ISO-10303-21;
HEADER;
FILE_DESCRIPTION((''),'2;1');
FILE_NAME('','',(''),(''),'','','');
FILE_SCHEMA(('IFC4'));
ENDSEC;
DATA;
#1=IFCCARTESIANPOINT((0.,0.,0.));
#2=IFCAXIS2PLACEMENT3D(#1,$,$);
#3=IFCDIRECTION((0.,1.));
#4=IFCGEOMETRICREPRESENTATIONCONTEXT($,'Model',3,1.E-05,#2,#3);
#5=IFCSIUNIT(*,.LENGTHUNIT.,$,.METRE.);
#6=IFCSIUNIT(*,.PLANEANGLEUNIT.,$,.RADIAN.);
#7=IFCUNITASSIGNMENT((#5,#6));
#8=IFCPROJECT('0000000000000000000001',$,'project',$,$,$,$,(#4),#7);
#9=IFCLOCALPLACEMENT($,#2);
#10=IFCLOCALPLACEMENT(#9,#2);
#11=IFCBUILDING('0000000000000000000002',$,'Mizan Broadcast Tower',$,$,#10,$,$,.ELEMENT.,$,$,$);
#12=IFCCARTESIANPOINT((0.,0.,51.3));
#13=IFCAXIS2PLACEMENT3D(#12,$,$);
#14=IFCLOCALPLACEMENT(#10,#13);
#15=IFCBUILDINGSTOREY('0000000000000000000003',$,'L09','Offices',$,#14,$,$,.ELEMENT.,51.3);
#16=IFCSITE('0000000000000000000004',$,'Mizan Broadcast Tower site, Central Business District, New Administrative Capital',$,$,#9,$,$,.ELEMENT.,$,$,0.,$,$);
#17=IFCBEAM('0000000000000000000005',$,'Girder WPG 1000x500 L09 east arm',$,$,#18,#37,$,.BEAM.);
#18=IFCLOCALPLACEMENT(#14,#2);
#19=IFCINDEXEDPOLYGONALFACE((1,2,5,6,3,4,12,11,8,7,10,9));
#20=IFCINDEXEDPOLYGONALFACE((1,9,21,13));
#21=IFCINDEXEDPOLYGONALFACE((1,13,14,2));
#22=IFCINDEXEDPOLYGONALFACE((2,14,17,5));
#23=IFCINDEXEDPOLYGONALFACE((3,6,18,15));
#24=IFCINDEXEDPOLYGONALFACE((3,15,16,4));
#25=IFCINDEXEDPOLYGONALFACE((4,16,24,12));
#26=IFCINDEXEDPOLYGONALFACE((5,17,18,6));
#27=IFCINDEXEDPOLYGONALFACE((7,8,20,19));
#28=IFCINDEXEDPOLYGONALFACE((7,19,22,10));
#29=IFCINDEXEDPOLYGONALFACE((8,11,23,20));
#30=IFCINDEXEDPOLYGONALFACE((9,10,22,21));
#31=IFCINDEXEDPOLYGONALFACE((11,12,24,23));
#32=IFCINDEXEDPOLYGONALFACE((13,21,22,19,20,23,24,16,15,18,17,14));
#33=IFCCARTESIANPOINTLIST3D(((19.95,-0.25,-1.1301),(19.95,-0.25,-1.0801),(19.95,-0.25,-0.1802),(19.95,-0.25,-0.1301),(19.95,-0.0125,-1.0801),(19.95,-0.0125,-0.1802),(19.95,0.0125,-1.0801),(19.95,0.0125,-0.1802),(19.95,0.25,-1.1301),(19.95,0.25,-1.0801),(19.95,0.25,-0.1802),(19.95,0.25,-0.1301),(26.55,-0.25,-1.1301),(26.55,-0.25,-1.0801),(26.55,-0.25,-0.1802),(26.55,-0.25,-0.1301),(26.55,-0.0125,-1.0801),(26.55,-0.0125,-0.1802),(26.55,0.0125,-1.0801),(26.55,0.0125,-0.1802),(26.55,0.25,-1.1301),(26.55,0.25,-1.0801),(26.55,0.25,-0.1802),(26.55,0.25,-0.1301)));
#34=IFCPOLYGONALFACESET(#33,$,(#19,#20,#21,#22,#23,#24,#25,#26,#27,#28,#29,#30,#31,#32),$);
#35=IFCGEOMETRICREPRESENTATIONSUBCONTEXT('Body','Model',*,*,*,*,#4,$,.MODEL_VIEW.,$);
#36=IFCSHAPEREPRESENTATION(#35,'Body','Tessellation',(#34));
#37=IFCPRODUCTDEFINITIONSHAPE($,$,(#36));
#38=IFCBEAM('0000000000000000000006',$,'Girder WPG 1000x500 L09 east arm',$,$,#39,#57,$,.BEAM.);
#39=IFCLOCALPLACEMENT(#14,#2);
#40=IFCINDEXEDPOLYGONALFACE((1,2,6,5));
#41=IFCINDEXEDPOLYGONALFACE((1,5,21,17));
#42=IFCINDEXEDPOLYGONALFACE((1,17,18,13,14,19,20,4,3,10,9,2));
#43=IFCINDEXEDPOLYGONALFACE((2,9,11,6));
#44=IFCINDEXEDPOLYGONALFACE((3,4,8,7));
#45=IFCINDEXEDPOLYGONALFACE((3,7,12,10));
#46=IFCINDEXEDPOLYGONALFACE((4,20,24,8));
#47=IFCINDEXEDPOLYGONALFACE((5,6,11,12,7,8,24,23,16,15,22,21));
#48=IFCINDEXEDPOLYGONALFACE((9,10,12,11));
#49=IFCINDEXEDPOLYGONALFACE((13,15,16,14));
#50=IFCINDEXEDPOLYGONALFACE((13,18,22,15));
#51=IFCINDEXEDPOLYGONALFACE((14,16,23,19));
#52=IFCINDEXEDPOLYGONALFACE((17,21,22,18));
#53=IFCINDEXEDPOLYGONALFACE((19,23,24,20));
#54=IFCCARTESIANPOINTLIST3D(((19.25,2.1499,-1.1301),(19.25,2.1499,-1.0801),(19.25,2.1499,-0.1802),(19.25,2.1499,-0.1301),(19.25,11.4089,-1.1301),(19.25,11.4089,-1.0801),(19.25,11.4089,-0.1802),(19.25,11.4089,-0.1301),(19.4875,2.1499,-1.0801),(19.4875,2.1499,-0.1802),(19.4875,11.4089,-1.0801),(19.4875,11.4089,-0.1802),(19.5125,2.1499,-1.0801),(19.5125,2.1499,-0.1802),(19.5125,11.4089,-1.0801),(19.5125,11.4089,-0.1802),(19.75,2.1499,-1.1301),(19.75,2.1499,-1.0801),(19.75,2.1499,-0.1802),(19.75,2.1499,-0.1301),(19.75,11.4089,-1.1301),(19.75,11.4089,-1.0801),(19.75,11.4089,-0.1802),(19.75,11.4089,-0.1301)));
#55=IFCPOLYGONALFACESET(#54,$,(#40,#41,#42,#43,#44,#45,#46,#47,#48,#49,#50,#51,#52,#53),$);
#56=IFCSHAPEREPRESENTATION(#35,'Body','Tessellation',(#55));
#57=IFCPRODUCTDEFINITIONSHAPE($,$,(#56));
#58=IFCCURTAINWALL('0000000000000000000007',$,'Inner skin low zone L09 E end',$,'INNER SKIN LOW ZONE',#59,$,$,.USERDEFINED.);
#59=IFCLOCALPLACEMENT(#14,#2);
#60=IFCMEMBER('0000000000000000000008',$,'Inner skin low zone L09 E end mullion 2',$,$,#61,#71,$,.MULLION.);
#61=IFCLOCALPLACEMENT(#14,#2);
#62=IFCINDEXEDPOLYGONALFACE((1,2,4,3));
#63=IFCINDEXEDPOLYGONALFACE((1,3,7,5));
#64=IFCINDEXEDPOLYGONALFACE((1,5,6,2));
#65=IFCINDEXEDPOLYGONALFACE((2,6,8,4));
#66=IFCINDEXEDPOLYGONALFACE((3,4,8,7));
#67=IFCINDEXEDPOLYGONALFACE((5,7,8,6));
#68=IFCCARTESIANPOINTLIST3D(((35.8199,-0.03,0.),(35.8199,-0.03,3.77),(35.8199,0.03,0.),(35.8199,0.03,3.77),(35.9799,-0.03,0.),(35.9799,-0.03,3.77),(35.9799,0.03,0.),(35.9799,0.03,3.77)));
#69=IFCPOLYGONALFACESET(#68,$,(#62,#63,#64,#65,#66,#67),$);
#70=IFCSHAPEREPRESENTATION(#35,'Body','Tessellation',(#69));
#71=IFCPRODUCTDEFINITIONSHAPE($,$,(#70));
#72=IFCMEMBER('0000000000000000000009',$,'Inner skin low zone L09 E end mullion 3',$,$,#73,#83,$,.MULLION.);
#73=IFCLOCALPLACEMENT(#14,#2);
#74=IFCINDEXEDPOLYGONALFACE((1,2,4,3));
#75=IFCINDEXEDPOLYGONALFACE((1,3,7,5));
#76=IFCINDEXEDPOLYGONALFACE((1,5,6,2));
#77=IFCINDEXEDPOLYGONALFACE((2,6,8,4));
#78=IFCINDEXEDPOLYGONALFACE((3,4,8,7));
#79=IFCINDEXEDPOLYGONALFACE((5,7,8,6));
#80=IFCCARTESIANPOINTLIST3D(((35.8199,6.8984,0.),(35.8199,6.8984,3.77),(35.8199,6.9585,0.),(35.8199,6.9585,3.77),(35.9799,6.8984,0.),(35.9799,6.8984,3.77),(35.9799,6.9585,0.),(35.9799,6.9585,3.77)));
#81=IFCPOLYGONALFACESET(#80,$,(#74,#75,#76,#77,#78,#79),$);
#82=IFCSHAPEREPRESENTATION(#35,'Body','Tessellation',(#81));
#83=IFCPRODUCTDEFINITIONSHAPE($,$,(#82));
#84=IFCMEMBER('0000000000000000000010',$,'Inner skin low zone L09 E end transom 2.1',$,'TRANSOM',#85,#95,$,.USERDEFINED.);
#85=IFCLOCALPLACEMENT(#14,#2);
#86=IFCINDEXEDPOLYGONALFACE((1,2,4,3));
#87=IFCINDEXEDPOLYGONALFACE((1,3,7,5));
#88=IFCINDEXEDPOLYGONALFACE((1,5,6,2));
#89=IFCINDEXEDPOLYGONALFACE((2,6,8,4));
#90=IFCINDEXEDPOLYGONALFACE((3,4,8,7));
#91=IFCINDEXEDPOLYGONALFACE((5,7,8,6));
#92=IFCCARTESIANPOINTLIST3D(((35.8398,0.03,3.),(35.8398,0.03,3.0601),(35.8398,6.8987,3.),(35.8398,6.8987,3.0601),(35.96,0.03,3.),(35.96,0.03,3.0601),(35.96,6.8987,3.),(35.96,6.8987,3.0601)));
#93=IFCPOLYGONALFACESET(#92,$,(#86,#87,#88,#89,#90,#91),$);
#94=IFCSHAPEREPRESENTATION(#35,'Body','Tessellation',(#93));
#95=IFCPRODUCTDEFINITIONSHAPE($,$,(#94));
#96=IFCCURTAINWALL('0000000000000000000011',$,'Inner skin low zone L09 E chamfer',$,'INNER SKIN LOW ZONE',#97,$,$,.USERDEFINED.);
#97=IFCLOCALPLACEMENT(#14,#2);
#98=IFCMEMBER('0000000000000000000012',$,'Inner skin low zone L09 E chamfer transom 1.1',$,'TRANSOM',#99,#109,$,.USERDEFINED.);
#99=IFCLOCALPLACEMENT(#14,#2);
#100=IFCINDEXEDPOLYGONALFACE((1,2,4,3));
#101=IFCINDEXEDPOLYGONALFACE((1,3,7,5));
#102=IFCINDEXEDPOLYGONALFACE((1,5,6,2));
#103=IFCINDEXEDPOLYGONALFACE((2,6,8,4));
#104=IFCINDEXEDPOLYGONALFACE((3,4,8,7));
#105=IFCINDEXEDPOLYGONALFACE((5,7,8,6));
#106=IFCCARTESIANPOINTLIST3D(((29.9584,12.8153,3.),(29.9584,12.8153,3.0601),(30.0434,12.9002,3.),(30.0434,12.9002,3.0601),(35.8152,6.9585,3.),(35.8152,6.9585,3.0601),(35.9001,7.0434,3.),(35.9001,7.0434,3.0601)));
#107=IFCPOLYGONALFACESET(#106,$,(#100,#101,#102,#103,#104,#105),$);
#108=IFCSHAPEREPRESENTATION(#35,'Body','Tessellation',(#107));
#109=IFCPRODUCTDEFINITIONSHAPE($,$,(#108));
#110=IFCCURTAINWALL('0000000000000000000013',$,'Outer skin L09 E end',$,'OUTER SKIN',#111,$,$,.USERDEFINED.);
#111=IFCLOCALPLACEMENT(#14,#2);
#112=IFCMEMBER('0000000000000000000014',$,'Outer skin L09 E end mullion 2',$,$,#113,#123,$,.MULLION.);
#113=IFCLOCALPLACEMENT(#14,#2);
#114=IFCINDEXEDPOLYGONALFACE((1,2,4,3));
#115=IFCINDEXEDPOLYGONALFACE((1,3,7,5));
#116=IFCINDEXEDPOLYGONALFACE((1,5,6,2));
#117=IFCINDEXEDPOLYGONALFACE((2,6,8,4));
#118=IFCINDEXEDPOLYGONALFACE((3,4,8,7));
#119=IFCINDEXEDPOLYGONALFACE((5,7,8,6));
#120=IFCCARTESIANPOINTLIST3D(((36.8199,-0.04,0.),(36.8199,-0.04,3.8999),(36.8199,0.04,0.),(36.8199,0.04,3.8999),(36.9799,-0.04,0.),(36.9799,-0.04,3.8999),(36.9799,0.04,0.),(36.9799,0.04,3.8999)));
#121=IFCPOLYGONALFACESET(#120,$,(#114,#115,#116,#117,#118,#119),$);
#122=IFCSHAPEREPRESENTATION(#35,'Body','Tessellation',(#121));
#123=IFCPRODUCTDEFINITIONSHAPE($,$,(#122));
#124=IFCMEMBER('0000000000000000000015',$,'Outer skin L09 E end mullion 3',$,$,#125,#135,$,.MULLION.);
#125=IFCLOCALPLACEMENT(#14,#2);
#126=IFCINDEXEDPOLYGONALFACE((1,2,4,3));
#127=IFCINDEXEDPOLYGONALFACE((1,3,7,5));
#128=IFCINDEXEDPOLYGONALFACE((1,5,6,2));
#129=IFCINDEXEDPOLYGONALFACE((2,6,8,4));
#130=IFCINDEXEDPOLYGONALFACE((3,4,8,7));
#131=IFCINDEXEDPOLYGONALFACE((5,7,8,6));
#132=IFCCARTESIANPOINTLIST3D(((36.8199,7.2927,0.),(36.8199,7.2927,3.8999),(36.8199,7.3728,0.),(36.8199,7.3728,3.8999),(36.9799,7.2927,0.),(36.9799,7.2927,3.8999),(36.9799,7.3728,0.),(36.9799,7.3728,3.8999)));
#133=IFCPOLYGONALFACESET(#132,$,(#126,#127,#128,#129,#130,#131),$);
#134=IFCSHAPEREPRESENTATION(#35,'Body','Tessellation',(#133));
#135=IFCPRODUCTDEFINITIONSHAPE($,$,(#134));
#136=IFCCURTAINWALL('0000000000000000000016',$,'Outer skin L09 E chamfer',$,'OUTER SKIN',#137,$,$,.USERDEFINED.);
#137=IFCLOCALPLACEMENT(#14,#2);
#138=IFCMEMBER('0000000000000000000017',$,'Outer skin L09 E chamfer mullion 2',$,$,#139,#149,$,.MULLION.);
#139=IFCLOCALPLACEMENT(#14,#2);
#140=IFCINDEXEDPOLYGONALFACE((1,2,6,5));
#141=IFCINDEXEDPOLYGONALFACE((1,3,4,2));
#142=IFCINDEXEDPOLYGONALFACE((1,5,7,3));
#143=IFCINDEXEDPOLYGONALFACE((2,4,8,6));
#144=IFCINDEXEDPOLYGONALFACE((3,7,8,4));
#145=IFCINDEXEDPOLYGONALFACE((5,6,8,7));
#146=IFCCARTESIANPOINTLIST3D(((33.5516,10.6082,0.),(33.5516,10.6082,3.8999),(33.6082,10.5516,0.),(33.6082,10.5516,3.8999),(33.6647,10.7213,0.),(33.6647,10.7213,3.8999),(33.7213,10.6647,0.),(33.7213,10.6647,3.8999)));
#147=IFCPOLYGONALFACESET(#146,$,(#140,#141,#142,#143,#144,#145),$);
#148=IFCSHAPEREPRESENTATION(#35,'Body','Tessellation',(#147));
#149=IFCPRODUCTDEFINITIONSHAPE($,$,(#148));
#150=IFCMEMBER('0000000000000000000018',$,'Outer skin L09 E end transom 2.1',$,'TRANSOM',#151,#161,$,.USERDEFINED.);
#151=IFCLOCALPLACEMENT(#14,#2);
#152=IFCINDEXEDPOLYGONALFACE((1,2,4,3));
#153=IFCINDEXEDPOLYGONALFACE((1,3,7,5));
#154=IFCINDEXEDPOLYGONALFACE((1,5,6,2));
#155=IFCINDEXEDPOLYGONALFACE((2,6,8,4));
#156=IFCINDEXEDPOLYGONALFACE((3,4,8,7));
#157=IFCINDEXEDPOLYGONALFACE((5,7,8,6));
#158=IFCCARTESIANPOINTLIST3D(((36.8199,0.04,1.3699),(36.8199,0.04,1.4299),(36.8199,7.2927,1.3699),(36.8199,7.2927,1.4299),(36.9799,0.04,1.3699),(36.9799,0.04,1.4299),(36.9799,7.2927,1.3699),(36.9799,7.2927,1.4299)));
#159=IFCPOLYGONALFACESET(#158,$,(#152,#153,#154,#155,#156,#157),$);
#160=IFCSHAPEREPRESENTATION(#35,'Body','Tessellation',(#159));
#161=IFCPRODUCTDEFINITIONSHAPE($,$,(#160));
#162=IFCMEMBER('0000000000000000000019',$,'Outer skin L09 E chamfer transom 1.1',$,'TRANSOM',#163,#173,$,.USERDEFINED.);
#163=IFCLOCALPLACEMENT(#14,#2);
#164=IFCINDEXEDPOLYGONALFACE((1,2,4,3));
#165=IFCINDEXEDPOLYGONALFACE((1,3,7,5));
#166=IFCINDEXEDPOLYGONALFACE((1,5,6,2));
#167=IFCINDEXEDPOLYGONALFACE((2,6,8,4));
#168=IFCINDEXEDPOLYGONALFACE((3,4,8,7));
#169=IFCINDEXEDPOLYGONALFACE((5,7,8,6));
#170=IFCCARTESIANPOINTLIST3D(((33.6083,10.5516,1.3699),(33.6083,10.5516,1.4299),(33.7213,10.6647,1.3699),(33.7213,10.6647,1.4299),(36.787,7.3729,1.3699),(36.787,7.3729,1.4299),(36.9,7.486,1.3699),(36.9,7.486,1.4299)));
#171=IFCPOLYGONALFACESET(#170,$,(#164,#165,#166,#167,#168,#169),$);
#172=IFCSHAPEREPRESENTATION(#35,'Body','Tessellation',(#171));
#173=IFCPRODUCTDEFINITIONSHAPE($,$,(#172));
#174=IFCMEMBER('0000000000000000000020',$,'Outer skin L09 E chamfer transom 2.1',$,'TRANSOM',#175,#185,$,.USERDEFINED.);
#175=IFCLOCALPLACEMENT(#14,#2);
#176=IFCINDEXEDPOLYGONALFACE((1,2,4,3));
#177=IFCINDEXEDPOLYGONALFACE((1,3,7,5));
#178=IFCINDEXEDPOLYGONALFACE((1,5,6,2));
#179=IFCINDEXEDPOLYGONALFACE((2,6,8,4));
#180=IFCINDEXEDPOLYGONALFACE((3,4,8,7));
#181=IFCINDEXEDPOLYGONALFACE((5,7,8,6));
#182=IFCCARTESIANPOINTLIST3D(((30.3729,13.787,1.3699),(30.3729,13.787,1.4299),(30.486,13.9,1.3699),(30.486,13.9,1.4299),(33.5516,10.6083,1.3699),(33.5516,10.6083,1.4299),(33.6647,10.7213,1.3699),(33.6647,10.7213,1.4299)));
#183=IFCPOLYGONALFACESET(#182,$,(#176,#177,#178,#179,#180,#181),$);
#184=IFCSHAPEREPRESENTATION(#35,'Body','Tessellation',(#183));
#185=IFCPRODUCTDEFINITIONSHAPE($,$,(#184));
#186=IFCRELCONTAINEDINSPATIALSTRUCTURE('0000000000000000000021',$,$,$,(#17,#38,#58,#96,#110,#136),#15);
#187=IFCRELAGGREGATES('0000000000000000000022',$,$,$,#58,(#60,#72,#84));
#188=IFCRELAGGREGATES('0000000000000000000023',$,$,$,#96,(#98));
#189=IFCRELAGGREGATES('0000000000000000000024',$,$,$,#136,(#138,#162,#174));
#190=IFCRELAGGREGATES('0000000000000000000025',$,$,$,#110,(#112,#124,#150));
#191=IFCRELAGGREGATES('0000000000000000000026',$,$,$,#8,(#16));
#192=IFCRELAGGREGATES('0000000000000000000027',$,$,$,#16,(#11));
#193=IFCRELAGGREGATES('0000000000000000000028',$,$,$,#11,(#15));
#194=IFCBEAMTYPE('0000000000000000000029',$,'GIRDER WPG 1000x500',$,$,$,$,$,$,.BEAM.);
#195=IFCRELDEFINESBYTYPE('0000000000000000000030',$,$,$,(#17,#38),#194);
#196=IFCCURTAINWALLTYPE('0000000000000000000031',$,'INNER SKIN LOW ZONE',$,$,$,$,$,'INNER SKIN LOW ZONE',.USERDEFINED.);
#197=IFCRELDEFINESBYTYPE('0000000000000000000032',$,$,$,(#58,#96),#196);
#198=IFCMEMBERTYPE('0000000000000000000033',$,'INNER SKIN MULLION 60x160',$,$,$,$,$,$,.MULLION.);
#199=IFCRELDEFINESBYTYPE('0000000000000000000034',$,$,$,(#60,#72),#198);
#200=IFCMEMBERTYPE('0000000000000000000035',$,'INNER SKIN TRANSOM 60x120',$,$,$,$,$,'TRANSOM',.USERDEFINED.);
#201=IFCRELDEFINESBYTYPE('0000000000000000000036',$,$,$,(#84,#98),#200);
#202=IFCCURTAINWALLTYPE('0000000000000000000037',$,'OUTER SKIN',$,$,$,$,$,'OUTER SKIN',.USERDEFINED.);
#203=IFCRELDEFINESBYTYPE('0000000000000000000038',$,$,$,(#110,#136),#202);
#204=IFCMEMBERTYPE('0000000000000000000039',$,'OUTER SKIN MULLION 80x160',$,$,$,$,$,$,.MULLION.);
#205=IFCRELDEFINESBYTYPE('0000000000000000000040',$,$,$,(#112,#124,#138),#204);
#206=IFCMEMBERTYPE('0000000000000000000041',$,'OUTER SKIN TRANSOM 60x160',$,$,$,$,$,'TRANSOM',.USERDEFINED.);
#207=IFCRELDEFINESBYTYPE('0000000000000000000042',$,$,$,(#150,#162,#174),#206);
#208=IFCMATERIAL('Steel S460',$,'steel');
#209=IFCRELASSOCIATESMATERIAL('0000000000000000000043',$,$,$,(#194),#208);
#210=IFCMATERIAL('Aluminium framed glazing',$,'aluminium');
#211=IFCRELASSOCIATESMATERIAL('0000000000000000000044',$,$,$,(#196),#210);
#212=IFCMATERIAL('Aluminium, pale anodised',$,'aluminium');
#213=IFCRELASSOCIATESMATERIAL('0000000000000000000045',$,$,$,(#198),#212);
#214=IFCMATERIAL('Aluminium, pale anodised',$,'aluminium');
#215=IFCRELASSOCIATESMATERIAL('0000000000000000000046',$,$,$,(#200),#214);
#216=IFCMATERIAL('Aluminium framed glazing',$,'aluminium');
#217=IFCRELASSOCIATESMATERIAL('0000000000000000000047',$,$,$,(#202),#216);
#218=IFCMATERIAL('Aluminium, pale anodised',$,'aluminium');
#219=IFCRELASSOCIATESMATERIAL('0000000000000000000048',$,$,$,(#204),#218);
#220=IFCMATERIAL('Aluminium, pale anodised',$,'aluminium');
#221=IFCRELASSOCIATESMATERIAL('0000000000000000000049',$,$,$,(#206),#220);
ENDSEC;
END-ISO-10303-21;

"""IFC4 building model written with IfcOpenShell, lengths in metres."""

from ifc_helpers import new_model, si_unit, direction, frame, origin, origin_2d, place, context, subcontext, project, spatial, rectangle, i_section, extrude, material, material_profile, profile_set, type_object, element, aggregate, save


model = new_model("IFC4")

# Units and contexts
model_context = context("Model", 3, precision=1e-05, world=origin(), true_north=direction((0.0, 1.0)))
body_context = subcontext(model_context, "Body", "Model", "MODEL_VIEW")
ifc_project = project(units=[si_unit("LENGTHUNIT", "METRE"), si_unit("PLANEANGLEUNIT", "RADIAN")], contexts=[model_context])

# Site, building, storey
site_placement = place(None, origin())
site = spatial("IfcSite", under=ifc_project, at=site_placement, Name="Mizan Broadcast Tower site, Central Business District, New Administrative Capital", CompositionType="ELEMENT", RefElevation=0.0)
building_placement = place(site_placement, origin())
building = spatial("IfcBuilding", under=site, at=building_placement, Name="Mizan Broadcast Tower", CompositionType="ELEMENT")
storey_placement = place(building_placement, frame((0.0, 0.0, 51.3)))
storey = spatial("IfcBuildingStorey", under=building, at=storey_placement, Name="L09", Description="Offices", CompositionType="ELEMENT", Elevation=51.3)

# Beams
ifc_material_1 = material(Name="Steel S460", Category="steel")
ifc_material_profile_1 = material_profile(ifc_material_1, i_section(OverallWidth=0.5, OverallDepth=1.0, WebThickness=0.0249, FlangeThickness=0.05, at=origin_2d()), Name="WPG 1000x500")
ifc_profile_set_1 = profile_set([ifc_material_profile_1], Name="Steel S460")
beam_type_1 = type_object("IfcBeamType", Name="GIRDER WPG 1000x500", PredefinedType="BEAM", material=ifc_profile_set_1)
beam_1_placement = place(storey_placement, frame((19.95, 0.0, -0.6301), z_axis=(1.0, 0.0, 0.0), x_axis=(0.0, 1.0, 0.0)))
element("IfcBeam", 1, at=beam_1_placement, inside=storey, type_object=beam_type_1, Name="Girder WPG 1000x500 L09 east arm", PredefinedType="BEAM", context=body_context, shape_type="SweptSolid", body=[
    extrude(i_section(OverallWidth=0.5, OverallDepth=1.0, WebThickness=0.0249, FlangeThickness=0.05, at=origin_2d()), origin(), (0.0, 0.0, 1.0), 6.6001),
])
beam_2_placement = place(storey_placement, frame((19.5, 11.4089, -0.6301), z_axis=(0.0, -1.0, 0.0), x_axis=(1.0, 0.0, 0.0)))
element("IfcBeam", 2, at=beam_2_placement, inside=storey, type_object=beam_type_1, Name="Girder WPG 1000x500 L09 east arm", PredefinedType="BEAM", context=body_context, shape_type="SweptSolid", body=[
    extrude(i_section(OverallWidth=0.5, OverallDepth=1.0, WebThickness=0.0249, FlangeThickness=0.05, at=origin_2d()), origin(), (0.0, 0.0, 1.0), 9.259),
])

# Curtain wall, members
ifc_material_2 = material(Name="Aluminium framed glazing", Category="aluminium")
curtain_wall_type_1 = type_object("IfcCurtainWallType", Name="INNER SKIN LOW ZONE", ElementType="INNER SKIN LOW ZONE", PredefinedType="USERDEFINED", material=ifc_material_2)
curtain_wall_1_placement = place(storey_placement, origin())
curtain_wall_1 = element("IfcCurtainWall", 3, at=curtain_wall_1_placement, inside=storey, type_object=curtain_wall_type_1, Name="Inner skin low zone L09 E end", ObjectType="INNER SKIN LOW ZONE", PredefinedType="USERDEFINED")
ifc_material_3 = material(Name="Aluminium, pale anodised", Category="aluminium")
ifc_material_profile_2 = material_profile(ifc_material_3, rectangle(XDim=0.1599, YDim=0.0601, at=origin_2d()), Name="MULLION 160x60")
ifc_profile_set_2 = profile_set([ifc_material_profile_2], Name="Aluminium, pale anodised")
member_type_1 = type_object("IfcMemberType", Name="INNER SKIN MULLION 60x160", PredefinedType="MULLION", material=ifc_profile_set_2)
member_1_placement = place(storey_placement, frame((35.8999, 0.0, 0.0), z_axis=(0.0, 0.0, 1.0), x_axis=(-1.0, 0.0, 0.0)))
member_1 = element("IfcMember", 4, at=member_1_placement, type_object=member_type_1, Name="Inner skin low zone L09 E end mullion 2", PredefinedType="MULLION", context=body_context, shape_type="SweptSolid", body=[
    extrude(rectangle(XDim=0.1599, YDim=0.0601, at=origin_2d()), origin(), (0.0, 0.0, 1.0), 3.77),
])
member_2_placement = place(storey_placement, frame((35.8999, 6.9285, 0.0), z_axis=(0.0, 0.0, 1.0), x_axis=(-1.0, 0.0, 0.0)))
member_2 = element("IfcMember", 5, at=member_2_placement, type_object=member_type_1, Name="Inner skin low zone L09 E end mullion 3", PredefinedType="MULLION", context=body_context, shape_type="SweptSolid", body=[
    extrude(rectangle(XDim=0.1599, YDim=0.0601, at=origin_2d()), origin(), (0.0, 0.0, 1.0), 3.77),
])
ifc_material_4 = material(Name="Aluminium, pale anodised", Category="aluminium")
ifc_material_profile_3 = material_profile(ifc_material_4, rectangle(XDim=0.1201, YDim=0.0601, at=origin_2d()), Name="TRANSOM 120x60")
ifc_profile_set_3 = profile_set([ifc_material_profile_3], Name="Aluminium, pale anodised")
member_type_2 = type_object("IfcMemberType", Name="INNER SKIN TRANSOM 60x120", ElementType="TRANSOM", PredefinedType="USERDEFINED", material=ifc_profile_set_3)
member_3_placement = place(storey_placement, frame((35.8999, 0.03, 3.03), z_axis=(0.0, 1.0, 0.0), x_axis=(-1.0, 0.0, 0.0)))
member_3 = element("IfcMember", 6, at=member_3_placement, type_object=member_type_2, Name="Inner skin low zone L09 E end transom 2.1", ObjectType="TRANSOM", PredefinedType="USERDEFINED", context=body_context, shape_type="SweptSolid", body=[
    extrude(rectangle(XDim=0.1201, YDim=0.0601, at=origin_2d()), origin(), (0.0, 0.0, 1.0), 6.8687),
])

# Curtain wall, member
curtain_wall_2_placement = place(storey_placement, origin())
curtain_wall_2 = element("IfcCurtainWall", 7, at=curtain_wall_2_placement, inside=storey, type_object=curtain_wall_type_1, Name="Inner skin low zone L09 E chamfer", ObjectType="INNER SKIN LOW ZONE", PredefinedType="USERDEFINED")
member_4_placement = place(storey_placement, frame((35.8577, 7.001, 3.03), z_axis=(-0.707107, 0.707107, 0.0), x_axis=(-0.707107, -0.707107, 0.0)))
member_4 = element("IfcMember", 8, at=member_4_placement, type_object=member_type_2, Name="Inner skin low zone L09 E chamfer transom 1.1", ObjectType="TRANSOM", PredefinedType="USERDEFINED", context=body_context, shape_type="SweptSolid", body=[
    extrude(rectangle(XDim=0.1201, YDim=0.0601, at=origin_2d()), origin(), (0.0, 0.0, 1.0), 8.2827),
])

# Curtain wall, members
ifc_material_5 = material(Name="Aluminium framed glazing", Category="aluminium")
curtain_wall_type_2 = type_object("IfcCurtainWallType", Name="OUTER SKIN", ElementType="OUTER SKIN", PredefinedType="USERDEFINED", material=ifc_material_5)
curtain_wall_3_placement = place(storey_placement, origin())
curtain_wall_3 = element("IfcCurtainWall", 9, at=curtain_wall_3_placement, inside=storey, type_object=curtain_wall_type_2, Name="Outer skin L09 E end", ObjectType="OUTER SKIN", PredefinedType="USERDEFINED")
ifc_material_6 = material(Name="Aluminium, pale anodised", Category="aluminium")
ifc_material_profile_4 = material_profile(ifc_material_6, rectangle(XDim=0.1599, YDim=0.0801, at=origin_2d()), Name="MULLION 160x80")
ifc_profile_set_4 = profile_set([ifc_material_profile_4], Name="Aluminium, pale anodised")
member_type_3 = type_object("IfcMemberType", Name="OUTER SKIN MULLION 80x160", PredefinedType="MULLION", material=ifc_profile_set_4)
member_5_placement = place(storey_placement, frame((36.8999, 0.0, 0.0), z_axis=(0.0, 0.0, 1.0), x_axis=(-1.0, 0.0, 0.0)))
member_5 = element("IfcMember", 10, at=member_5_placement, type_object=member_type_3, Name="Outer skin L09 E end mullion 2", PredefinedType="MULLION", context=body_context, shape_type="SweptSolid", body=[
    extrude(rectangle(XDim=0.1599, YDim=0.0801, at=origin_2d()), origin(), (0.0, 0.0, 1.0), 3.8999),
])
member_6_placement = place(storey_placement, frame((36.8999, 7.3328, 0.0), z_axis=(0.0, 0.0, 1.0), x_axis=(-1.0, 0.0, 0.0)))
member_6 = element("IfcMember", 11, at=member_6_placement, type_object=member_type_3, Name="Outer skin L09 E end mullion 3", PredefinedType="MULLION", context=body_context, shape_type="SweptSolid", body=[
    extrude(rectangle(XDim=0.1599, YDim=0.0801, at=origin_2d()), origin(), (0.0, 0.0, 1.0), 3.8999),
])

# Curtain wall, member
curtain_wall_4_placement = place(storey_placement, origin())
curtain_wall_4 = element("IfcCurtainWall", 12, at=curtain_wall_4_placement, inside=storey, type_object=curtain_wall_type_2, Name="Outer skin L09 E chamfer", ObjectType="OUTER SKIN", PredefinedType="USERDEFINED")
member_7_placement = place(storey_placement, frame((33.6365, 10.6365, 0.0), z_axis=(0.0, 0.0, 1.0), x_axis=(-0.707107, -0.707107, 0.0)))
member_7 = element("IfcMember", 13, at=member_7_placement, type_object=member_type_3, Name="Outer skin L09 E chamfer mullion 2", PredefinedType="MULLION", context=body_context, shape_type="SweptSolid", body=[
    extrude(rectangle(XDim=0.1599, YDim=0.0801, at=origin_2d()), origin(), (0.0, 0.0, 1.0), 3.8999),
])

# Members
ifc_material_7 = material(Name="Aluminium, pale anodised", Category="aluminium")
ifc_material_profile_5 = material_profile(ifc_material_7, rectangle(XDim=0.1599, YDim=0.0601, at=origin_2d()), Name="TRANSOM 160x60")
ifc_profile_set_5 = profile_set([ifc_material_profile_5], Name="Aluminium, pale anodised")
member_type_4 = type_object("IfcMemberType", Name="OUTER SKIN TRANSOM 60x160", ElementType="TRANSOM", PredefinedType="USERDEFINED", material=ifc_profile_set_5)
member_8_placement = place(storey_placement, frame((36.8999, 0.04, 1.3999), z_axis=(0.0, 1.0, 0.0), x_axis=(-1.0, 0.0, 0.0)))
member_8 = element("IfcMember", 14, at=member_8_placement, type_object=member_type_4, Name="Outer skin L09 E end transom 2.1", ObjectType="TRANSOM", PredefinedType="USERDEFINED", context=body_context, shape_type="SweptSolid", body=[
    extrude(rectangle(XDim=0.1599, YDim=0.0601, at=origin_2d()), origin(), (0.0, 0.0, 1.0), 7.2527),
])
member_9_placement = place(storey_placement, frame((36.8435, 7.4294, 1.3999), z_axis=(-0.707107, 0.707107, 0.0), x_axis=(-0.707107, -0.707107, 0.0)))
member_9 = element("IfcMember", 15, at=member_9_placement, type_object=member_type_4, Name="Outer skin L09 E chamfer transom 1.1", ObjectType="TRANSOM", PredefinedType="USERDEFINED", context=body_context, shape_type="SweptSolid", body=[
    extrude(rectangle(XDim=0.1599, YDim=0.0601, at=origin_2d()), origin(), (0.0, 0.0, 1.0), 4.4954),
])
member_10_placement = place(storey_placement, frame((33.6082, 10.6648, 1.3999), z_axis=(-0.707107, 0.707107, 0.0), x_axis=(-0.707107, -0.707107, 0.0)))
member_10 = element("IfcMember", 16, at=member_10_placement, type_object=member_type_4, Name="Outer skin L09 E chamfer transom 2.1", ObjectType="TRANSOM", PredefinedType="USERDEFINED", context=body_context, shape_type="SweptSolid", body=[
    extrude(rectangle(XDim=0.1599, YDim=0.0601, at=origin_2d()), origin(), (0.0, 0.0, 1.0), 4.4954),
])

aggregate(curtain_wall_1, [member_1, member_2, member_3])
aggregate(curtain_wall_2, [member_4])
aggregate(curtain_wall_4, [member_7, member_9, member_10])
aggregate(curtain_wall_3, [member_5, member_6, member_8])

save(model, "model.ifc")
